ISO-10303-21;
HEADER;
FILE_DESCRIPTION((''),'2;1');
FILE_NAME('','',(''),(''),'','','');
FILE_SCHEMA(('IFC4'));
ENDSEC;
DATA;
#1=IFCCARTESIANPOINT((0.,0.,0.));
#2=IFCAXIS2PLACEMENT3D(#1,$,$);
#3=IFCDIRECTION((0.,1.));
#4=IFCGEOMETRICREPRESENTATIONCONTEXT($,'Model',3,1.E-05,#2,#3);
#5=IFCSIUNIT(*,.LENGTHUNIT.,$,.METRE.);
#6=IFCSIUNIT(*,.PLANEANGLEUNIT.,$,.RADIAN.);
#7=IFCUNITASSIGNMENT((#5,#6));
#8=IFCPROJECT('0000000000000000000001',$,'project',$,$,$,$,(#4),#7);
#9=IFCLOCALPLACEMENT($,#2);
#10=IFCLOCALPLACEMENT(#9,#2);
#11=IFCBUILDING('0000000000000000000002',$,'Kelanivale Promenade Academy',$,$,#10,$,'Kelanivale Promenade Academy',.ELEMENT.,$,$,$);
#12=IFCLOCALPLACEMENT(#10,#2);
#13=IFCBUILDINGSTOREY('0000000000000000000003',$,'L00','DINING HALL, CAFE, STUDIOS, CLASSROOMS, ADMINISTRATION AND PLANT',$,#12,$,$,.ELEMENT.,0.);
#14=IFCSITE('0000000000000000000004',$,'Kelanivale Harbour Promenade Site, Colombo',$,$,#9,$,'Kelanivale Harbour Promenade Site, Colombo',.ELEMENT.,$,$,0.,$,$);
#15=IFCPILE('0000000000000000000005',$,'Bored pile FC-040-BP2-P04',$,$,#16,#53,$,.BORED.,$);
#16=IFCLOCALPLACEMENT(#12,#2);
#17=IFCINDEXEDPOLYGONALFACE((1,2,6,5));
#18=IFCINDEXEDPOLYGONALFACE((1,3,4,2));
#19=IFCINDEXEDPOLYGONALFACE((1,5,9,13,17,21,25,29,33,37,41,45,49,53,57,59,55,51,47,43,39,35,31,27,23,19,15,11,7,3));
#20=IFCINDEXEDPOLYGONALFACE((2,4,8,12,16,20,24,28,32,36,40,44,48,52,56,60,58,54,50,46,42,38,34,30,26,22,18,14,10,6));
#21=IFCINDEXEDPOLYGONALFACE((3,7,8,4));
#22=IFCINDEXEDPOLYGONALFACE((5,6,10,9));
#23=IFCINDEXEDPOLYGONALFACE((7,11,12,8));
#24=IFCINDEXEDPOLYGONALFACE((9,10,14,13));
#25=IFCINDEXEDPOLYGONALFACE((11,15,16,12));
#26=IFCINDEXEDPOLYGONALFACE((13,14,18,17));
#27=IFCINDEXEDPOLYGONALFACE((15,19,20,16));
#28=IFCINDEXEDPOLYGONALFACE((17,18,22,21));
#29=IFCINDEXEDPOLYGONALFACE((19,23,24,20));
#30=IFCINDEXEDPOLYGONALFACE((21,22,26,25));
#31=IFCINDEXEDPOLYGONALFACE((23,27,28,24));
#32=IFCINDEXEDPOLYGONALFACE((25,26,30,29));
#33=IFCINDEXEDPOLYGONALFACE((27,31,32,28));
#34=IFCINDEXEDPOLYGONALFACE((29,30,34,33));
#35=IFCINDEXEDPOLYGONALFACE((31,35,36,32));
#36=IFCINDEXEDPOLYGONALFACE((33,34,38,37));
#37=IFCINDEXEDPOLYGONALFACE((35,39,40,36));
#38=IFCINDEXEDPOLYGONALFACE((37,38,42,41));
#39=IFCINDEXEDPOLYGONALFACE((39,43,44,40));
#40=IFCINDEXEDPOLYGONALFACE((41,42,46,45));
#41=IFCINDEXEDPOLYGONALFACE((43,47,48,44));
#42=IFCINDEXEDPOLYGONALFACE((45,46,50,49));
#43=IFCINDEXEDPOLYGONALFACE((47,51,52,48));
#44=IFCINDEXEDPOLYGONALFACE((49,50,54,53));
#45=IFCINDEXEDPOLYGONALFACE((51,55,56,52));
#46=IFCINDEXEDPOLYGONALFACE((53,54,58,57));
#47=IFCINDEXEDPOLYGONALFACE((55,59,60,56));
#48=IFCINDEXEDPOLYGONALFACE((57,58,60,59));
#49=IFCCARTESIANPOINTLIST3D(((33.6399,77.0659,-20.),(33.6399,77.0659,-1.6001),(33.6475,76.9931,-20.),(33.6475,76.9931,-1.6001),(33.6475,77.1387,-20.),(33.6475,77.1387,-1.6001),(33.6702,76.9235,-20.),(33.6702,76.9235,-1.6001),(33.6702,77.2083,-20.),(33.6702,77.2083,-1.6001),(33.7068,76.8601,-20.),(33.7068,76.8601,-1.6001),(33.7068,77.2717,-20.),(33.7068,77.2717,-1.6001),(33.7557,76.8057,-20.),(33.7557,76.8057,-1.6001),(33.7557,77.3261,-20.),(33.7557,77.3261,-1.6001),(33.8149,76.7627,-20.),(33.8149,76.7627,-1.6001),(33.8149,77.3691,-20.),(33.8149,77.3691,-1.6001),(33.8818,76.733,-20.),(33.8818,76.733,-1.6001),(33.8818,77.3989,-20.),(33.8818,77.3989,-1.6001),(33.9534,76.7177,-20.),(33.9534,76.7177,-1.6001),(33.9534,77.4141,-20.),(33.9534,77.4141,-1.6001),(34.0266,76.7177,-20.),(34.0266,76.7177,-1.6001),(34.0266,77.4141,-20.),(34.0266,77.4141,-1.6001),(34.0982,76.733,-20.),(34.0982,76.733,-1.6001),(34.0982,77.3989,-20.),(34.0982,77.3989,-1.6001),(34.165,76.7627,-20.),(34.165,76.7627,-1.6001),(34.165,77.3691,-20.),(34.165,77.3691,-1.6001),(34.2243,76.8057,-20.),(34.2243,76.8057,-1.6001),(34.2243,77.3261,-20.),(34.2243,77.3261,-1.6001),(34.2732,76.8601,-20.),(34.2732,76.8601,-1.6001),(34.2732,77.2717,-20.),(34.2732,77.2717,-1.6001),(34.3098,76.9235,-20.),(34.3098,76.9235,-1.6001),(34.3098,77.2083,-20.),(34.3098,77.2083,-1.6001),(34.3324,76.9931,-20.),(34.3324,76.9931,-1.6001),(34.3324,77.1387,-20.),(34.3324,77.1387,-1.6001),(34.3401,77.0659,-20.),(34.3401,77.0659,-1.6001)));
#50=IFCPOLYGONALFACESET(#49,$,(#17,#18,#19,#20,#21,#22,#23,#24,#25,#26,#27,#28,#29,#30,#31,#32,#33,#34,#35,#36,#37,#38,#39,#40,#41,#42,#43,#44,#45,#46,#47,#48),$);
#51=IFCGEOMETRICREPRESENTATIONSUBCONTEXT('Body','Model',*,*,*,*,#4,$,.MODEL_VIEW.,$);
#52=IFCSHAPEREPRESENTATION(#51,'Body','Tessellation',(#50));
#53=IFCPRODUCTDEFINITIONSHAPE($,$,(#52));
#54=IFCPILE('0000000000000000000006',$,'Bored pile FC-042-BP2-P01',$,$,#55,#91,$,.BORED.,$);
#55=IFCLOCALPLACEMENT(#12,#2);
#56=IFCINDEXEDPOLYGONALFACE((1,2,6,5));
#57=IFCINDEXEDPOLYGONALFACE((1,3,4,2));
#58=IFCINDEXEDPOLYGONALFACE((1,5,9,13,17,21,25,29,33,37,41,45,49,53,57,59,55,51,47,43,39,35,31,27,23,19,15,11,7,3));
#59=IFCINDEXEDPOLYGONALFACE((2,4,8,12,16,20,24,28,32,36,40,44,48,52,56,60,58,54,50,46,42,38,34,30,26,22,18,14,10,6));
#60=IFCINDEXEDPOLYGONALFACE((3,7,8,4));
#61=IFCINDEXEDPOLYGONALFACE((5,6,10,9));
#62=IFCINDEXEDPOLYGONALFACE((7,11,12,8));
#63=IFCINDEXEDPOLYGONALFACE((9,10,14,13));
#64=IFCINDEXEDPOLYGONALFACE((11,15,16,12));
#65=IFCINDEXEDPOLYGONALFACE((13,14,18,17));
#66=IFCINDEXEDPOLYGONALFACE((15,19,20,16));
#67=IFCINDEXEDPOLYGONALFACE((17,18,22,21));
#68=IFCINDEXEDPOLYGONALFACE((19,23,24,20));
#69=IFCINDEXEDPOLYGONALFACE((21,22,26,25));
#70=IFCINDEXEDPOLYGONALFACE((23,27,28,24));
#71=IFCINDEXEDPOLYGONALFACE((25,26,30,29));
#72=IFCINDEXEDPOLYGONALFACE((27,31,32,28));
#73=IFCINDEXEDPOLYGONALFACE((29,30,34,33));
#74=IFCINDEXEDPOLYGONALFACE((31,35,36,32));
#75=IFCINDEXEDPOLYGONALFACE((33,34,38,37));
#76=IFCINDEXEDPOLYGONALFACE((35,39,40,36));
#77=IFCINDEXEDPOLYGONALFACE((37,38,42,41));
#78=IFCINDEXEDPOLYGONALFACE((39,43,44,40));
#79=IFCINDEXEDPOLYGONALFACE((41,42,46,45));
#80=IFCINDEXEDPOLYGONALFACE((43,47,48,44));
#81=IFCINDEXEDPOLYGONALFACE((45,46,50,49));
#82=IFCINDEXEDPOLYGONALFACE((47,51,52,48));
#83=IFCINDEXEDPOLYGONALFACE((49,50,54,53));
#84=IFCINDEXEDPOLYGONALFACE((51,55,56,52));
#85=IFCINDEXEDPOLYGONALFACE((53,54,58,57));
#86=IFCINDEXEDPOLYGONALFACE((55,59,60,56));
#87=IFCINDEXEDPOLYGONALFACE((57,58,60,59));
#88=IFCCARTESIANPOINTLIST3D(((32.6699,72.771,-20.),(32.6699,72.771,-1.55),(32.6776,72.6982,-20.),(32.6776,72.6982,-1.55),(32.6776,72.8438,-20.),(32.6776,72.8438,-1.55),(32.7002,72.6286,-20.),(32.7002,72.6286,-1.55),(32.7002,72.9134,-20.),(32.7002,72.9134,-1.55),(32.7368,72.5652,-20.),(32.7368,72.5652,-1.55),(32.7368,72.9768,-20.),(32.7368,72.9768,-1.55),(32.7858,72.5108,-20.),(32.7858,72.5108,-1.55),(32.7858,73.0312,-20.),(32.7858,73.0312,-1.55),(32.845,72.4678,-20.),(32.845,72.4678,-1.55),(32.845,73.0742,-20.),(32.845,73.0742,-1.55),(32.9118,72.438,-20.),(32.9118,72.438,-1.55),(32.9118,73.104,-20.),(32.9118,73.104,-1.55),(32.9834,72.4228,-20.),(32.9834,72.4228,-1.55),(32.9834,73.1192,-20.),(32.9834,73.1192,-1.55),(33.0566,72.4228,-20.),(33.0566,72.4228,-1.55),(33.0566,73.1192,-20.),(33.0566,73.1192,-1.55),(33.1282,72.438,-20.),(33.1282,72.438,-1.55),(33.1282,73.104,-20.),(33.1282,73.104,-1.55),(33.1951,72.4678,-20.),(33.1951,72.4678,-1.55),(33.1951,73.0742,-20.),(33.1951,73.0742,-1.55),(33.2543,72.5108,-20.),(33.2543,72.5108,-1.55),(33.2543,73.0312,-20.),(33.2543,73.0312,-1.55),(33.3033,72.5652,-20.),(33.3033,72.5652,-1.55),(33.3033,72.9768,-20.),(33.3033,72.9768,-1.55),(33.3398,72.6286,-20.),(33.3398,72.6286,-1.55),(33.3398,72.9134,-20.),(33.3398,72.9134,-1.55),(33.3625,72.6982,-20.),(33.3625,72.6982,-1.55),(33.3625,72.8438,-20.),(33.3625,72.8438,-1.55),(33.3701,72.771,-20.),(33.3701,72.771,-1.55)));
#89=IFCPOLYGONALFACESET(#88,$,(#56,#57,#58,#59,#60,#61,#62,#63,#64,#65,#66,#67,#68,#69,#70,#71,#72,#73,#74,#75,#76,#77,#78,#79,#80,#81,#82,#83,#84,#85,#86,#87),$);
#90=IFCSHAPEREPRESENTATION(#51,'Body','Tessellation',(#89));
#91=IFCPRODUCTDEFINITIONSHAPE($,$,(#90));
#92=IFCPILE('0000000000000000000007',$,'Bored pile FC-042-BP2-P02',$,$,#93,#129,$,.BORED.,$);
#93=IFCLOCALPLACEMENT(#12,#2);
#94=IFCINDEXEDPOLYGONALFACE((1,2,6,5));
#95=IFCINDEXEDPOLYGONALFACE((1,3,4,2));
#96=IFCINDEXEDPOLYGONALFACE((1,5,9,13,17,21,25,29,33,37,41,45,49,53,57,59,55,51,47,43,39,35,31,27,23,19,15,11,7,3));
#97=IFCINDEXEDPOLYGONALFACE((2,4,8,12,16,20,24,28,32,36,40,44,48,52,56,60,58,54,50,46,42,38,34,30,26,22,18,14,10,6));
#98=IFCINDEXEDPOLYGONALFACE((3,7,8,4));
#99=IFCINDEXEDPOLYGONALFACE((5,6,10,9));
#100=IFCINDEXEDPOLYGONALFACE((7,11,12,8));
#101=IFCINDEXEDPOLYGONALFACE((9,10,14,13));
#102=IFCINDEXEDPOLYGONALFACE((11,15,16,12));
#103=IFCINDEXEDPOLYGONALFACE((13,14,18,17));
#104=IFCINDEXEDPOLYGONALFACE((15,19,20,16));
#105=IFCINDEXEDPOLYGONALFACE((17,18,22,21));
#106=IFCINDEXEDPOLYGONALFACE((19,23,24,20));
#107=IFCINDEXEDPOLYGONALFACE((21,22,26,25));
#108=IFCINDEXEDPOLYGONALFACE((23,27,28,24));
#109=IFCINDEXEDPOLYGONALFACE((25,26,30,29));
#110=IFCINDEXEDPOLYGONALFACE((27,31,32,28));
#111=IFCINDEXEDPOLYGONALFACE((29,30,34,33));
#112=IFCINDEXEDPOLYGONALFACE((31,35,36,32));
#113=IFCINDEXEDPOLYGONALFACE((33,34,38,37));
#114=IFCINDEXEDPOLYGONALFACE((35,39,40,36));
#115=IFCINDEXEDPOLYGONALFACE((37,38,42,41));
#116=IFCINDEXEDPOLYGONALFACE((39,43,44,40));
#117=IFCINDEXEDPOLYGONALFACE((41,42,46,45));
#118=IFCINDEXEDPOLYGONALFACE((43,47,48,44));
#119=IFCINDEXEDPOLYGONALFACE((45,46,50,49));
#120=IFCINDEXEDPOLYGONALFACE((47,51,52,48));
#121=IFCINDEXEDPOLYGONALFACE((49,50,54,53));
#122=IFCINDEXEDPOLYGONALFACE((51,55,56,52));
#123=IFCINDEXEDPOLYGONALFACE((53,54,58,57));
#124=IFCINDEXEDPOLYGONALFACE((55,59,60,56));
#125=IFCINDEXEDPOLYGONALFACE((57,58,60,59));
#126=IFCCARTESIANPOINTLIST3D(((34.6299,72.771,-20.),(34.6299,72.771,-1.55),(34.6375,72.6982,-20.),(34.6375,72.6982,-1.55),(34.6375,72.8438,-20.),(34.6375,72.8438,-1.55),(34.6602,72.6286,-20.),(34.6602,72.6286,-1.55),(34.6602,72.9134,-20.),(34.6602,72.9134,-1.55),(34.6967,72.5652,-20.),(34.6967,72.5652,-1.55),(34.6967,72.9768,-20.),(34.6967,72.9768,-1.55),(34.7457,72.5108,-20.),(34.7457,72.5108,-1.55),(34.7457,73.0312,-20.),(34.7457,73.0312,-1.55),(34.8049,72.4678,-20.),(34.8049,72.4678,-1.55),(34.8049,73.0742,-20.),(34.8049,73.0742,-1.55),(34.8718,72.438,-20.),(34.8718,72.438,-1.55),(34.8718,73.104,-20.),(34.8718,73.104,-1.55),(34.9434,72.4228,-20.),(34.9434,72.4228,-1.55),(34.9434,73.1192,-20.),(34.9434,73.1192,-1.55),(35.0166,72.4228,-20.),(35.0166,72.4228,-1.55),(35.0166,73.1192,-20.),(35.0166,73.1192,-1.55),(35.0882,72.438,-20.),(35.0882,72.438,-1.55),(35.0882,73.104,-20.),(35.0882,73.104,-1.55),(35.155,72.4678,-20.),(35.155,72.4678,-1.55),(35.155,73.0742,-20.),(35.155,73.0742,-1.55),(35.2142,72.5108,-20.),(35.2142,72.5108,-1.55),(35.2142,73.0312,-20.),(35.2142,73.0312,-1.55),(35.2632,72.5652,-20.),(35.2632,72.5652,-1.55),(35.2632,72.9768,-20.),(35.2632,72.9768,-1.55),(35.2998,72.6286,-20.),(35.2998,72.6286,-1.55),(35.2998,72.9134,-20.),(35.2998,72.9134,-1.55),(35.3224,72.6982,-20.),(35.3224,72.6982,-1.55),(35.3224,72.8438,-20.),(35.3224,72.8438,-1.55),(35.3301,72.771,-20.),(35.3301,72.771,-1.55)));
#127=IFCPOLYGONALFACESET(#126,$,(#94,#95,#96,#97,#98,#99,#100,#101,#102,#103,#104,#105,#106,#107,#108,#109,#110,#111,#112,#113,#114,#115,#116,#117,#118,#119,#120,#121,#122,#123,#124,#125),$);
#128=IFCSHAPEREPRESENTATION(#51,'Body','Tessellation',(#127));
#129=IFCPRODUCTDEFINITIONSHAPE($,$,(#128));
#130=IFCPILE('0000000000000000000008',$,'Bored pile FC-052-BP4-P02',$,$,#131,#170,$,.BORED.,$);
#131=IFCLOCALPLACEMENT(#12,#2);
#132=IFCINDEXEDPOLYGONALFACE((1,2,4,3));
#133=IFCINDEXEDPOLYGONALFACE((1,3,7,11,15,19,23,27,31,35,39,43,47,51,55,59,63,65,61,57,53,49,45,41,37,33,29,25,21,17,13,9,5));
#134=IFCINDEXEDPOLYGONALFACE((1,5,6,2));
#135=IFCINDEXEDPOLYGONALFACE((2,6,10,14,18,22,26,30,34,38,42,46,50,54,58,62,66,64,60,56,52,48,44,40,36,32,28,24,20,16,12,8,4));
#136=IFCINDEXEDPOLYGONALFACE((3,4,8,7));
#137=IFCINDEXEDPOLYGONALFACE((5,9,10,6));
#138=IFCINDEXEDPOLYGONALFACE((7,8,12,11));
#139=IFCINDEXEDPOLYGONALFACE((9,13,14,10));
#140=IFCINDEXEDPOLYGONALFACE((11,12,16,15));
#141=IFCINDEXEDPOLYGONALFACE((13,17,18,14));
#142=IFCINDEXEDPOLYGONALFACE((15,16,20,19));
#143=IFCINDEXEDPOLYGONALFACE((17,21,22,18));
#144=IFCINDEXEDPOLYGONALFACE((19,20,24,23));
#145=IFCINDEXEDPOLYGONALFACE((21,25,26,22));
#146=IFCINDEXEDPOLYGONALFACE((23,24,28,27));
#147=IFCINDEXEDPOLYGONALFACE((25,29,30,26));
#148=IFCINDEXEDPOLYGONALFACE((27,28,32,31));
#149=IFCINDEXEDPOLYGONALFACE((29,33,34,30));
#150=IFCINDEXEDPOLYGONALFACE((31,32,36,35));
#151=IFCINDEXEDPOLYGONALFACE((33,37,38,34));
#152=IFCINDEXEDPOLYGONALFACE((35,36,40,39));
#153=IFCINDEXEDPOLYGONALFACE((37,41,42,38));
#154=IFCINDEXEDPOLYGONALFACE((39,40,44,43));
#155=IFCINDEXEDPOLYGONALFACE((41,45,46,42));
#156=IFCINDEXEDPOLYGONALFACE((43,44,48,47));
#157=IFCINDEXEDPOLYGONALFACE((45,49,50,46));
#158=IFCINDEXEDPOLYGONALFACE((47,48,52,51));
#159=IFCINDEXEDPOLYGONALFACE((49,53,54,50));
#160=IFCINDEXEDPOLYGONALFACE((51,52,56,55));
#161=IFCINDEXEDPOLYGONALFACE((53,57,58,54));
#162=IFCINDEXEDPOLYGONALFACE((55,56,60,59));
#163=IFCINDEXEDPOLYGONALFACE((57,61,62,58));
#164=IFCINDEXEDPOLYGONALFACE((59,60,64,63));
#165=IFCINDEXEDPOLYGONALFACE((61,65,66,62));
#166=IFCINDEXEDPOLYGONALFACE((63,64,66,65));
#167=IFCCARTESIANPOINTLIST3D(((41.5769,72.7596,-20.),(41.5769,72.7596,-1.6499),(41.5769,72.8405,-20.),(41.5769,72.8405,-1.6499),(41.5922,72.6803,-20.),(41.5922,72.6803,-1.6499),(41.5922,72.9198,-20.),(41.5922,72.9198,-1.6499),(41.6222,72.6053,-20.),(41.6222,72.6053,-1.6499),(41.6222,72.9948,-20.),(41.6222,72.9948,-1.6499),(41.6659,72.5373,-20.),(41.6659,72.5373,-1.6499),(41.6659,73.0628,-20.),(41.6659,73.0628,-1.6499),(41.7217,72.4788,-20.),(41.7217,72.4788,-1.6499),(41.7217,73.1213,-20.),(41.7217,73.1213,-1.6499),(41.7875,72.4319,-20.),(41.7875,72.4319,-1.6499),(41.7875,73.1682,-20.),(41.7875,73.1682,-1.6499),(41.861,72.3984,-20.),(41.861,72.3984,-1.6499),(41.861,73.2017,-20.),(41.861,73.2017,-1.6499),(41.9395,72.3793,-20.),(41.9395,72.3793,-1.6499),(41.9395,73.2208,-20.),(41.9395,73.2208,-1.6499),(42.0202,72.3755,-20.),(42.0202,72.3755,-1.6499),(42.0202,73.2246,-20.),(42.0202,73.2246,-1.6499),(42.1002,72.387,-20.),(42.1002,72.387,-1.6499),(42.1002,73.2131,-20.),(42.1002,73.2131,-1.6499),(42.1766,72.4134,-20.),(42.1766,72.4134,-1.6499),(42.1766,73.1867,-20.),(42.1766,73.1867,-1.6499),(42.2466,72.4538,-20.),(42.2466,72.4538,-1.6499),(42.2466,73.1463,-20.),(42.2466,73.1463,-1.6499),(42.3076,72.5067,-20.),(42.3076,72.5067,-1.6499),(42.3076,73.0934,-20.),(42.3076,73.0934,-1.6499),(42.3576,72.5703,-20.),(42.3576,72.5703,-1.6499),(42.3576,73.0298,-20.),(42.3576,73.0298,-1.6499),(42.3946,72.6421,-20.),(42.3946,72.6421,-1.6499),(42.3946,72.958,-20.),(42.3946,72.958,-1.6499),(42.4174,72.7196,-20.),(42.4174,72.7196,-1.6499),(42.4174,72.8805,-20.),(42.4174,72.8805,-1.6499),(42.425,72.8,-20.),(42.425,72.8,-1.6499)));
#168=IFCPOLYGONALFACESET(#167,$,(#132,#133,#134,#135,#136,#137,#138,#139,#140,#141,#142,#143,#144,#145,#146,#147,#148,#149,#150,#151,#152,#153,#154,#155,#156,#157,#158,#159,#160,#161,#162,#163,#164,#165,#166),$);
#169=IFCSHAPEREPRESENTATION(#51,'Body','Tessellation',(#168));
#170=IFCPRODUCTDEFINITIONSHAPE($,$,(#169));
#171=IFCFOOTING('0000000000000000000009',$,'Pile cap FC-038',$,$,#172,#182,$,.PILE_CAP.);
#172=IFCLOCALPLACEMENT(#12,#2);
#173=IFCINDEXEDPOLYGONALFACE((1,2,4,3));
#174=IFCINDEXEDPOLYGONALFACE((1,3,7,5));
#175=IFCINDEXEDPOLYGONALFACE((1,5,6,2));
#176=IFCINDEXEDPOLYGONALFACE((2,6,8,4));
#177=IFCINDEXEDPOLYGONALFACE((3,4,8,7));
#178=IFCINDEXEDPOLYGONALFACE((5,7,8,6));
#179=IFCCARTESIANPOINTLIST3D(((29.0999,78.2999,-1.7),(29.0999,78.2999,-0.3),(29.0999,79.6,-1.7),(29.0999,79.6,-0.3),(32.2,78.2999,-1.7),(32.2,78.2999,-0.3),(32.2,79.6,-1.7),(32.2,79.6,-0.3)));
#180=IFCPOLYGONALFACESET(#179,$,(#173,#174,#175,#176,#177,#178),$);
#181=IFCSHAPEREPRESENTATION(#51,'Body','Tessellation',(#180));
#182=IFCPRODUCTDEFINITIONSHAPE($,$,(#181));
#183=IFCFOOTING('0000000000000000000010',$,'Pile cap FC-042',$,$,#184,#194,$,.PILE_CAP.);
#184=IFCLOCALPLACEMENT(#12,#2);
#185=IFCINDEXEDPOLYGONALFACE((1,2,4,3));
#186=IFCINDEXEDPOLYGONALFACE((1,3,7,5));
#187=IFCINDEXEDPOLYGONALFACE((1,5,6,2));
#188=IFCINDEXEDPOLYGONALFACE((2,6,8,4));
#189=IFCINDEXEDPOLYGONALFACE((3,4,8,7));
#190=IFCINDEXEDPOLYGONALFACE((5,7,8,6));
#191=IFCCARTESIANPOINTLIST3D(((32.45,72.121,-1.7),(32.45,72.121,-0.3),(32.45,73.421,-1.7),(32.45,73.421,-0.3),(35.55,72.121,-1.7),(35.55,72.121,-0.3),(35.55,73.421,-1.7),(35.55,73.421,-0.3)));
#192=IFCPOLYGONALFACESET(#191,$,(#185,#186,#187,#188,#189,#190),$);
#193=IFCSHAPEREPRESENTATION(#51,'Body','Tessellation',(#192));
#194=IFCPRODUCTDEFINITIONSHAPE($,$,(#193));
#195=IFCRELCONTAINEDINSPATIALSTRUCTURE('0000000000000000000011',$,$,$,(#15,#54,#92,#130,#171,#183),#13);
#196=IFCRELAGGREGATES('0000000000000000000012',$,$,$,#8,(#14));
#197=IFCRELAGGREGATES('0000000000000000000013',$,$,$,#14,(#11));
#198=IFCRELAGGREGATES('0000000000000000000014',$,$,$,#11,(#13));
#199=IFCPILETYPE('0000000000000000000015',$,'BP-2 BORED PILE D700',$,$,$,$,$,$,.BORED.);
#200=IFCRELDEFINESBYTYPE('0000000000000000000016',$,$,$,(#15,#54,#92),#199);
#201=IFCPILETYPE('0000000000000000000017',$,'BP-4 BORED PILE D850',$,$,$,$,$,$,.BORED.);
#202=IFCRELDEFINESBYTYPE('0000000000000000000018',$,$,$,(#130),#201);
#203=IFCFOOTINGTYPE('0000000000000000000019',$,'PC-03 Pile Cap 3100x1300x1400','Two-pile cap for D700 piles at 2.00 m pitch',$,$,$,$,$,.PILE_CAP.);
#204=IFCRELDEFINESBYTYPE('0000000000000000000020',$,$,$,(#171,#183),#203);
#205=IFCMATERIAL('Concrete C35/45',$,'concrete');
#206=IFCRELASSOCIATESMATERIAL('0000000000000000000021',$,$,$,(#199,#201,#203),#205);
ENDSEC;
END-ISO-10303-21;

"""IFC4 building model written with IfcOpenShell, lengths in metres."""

from ifc_helpers import new_model, si_unit, direction, frame, origin, origin_2d, place, context, subcontext, project, spatial, rectangle, circle, extrude, material, material_profile, profile_set, type_object, element, save


model = new_model("IFC4")

# Units and contexts
model_context = context("Model", 3, precision=1e-05, world=origin(), true_north=direction((0.0, 1.0)))
body_context = subcontext(model_context, "Body", "Model", "MODEL_VIEW")
ifc_project = project(units=[si_unit("LENGTHUNIT", "METRE"), si_unit("PLANEANGLEUNIT", "RADIAN")], contexts=[model_context])

# Site, building, storey
site_placement = place(None, origin())
site = spatial("IfcSite", under=ifc_project, at=site_placement, Name="Kelanivale Harbour Promenade Site, Colombo", LongName="Kelanivale Harbour Promenade Site, Colombo", CompositionType="ELEMENT", RefElevation=0.0)
building_placement = place(site_placement, origin())
building = spatial("IfcBuilding", under=site, at=building_placement, Name="Kelanivale Promenade Academy", LongName="Kelanivale Promenade Academy", CompositionType="ELEMENT")
storey_placement = place(building_placement, origin())
storey = spatial("IfcBuildingStorey", under=building, at=storey_placement, Name="L00", Description="DINING HALL, CAFE, STUDIOS, CLASSROOMS, ADMINISTRATION AND PLANT", CompositionType="ELEMENT", Elevation=0.0)

# Piles
ifc_material_1 = material(Name="Concrete C35/45", Category="concrete")
ifc_material_profile_1 = material_profile(ifc_material_1, circle(Radius=0.3501, at=origin_2d()), Name="BORED PILE D700")
ifc_profile_set_1 = profile_set([ifc_material_profile_1], Name="Concrete C35/45")
pile_type_1 = type_object("IfcPileType", Name="BP-2 BORED PILE D700", PredefinedType="BORED", material=ifc_profile_set_1)
for number, where, z_axis, x_axis, name in (
    (1, (33.99, 77.0659, -1.6001), (0.0, 0.0, -1.0), (1.0, 0.0, 0.0), "Bored pile FC-040-BP2-P04"),
):
    element("IfcPile", number, at=place(storey_placement, frame(where, z_axis=z_axis, x_axis=x_axis)), inside=storey, type_object=pile_type_1, Name=name, PredefinedType="BORED", context=body_context, shape_type="SweptSolid", body=[
        extrude(circle(Radius=0.3501, at=origin_2d()), origin(), (0.0, 0.0, 1.0), 18.3999),
    ])
for number, where, z_axis, x_axis, name in (
    (2, (33.02, 72.771, -1.55), (0.0, 0.0, -1.0), (1.0, 0.0, 0.0), "Bored pile FC-042-BP2-P01"),
    (3, (34.98, 72.771, -1.55), (0.0, 0.0, -1.0), (1.0, 0.0, 0.0), "Bored pile FC-042-BP2-P02"),
):
    element("IfcPile", number, at=place(storey_placement, frame(where, z_axis=z_axis, x_axis=x_axis)), inside=storey, type_object=pile_type_1, Name=name, PredefinedType="BORED", context=body_context, shape_type="SweptSolid", body=[
        extrude(circle(Radius=0.3501, at=origin_2d()), origin(), (0.0, 0.0, 1.0), 18.45),
    ])
ifc_material_profile_2 = material_profile(ifc_material_1, circle(Radius=0.425, at=origin_2d()), Name="BORED PILE D850")
ifc_profile_set_2 = profile_set([ifc_material_profile_2], Name="Concrete C35/45")
pile_type_2 = type_object("IfcPileType", Name="BP-4 BORED PILE D850", PredefinedType="BORED", material=ifc_profile_set_2)
pile_placement = place(storey_placement, frame((42.0, 72.8, -1.6499), z_axis=(0.0, 0.0, -1.0), x_axis=(1.0, 0.0, 0.0)))
element("IfcPile", 4, at=pile_placement, inside=storey, type_object=pile_type_2, Name="Bored pile FC-052-BP4-P02", PredefinedType="BORED", context=body_context, shape_type="SweptSolid", body=[
    extrude(circle(Radius=0.425, at=origin_2d()), origin(), (0.0, 0.0, 1.0), 18.3501),
])

# Footings
footing_type_1 = type_object("IfcFootingType", Name="PC-03 Pile Cap 3100x1300x1400", Description="Two-pile cap for D700 piles at 2.00 m pitch", PredefinedType="PILE_CAP", material=ifc_material_1)
for number, where, z_axis, x_axis, name in (
    (5, (30.6499, 78.95, -1.7), (0.0, 0.0, 1.0), (1.0, 0.0, 0.0), "Pile cap FC-038"),
    (6, (34.0, 72.771, -1.7), (0.0, 0.0, 1.0), (1.0, 0.0, 0.0), "Pile cap FC-042"),
):
    element("IfcFooting", number, at=place(storey_placement, frame(where, z_axis=z_axis, x_axis=x_axis)), inside=storey, type_object=footing_type_1, Name=name, PredefinedType="PILE_CAP", context=body_context, shape_type="SweptSolid", body=[
        extrude(rectangle(XDim=3.1001, YDim=1.3, at=origin_2d()), origin(), (0.0, 0.0, 1.0), 1.3999),
    ])

save(model, "model.ifc")
